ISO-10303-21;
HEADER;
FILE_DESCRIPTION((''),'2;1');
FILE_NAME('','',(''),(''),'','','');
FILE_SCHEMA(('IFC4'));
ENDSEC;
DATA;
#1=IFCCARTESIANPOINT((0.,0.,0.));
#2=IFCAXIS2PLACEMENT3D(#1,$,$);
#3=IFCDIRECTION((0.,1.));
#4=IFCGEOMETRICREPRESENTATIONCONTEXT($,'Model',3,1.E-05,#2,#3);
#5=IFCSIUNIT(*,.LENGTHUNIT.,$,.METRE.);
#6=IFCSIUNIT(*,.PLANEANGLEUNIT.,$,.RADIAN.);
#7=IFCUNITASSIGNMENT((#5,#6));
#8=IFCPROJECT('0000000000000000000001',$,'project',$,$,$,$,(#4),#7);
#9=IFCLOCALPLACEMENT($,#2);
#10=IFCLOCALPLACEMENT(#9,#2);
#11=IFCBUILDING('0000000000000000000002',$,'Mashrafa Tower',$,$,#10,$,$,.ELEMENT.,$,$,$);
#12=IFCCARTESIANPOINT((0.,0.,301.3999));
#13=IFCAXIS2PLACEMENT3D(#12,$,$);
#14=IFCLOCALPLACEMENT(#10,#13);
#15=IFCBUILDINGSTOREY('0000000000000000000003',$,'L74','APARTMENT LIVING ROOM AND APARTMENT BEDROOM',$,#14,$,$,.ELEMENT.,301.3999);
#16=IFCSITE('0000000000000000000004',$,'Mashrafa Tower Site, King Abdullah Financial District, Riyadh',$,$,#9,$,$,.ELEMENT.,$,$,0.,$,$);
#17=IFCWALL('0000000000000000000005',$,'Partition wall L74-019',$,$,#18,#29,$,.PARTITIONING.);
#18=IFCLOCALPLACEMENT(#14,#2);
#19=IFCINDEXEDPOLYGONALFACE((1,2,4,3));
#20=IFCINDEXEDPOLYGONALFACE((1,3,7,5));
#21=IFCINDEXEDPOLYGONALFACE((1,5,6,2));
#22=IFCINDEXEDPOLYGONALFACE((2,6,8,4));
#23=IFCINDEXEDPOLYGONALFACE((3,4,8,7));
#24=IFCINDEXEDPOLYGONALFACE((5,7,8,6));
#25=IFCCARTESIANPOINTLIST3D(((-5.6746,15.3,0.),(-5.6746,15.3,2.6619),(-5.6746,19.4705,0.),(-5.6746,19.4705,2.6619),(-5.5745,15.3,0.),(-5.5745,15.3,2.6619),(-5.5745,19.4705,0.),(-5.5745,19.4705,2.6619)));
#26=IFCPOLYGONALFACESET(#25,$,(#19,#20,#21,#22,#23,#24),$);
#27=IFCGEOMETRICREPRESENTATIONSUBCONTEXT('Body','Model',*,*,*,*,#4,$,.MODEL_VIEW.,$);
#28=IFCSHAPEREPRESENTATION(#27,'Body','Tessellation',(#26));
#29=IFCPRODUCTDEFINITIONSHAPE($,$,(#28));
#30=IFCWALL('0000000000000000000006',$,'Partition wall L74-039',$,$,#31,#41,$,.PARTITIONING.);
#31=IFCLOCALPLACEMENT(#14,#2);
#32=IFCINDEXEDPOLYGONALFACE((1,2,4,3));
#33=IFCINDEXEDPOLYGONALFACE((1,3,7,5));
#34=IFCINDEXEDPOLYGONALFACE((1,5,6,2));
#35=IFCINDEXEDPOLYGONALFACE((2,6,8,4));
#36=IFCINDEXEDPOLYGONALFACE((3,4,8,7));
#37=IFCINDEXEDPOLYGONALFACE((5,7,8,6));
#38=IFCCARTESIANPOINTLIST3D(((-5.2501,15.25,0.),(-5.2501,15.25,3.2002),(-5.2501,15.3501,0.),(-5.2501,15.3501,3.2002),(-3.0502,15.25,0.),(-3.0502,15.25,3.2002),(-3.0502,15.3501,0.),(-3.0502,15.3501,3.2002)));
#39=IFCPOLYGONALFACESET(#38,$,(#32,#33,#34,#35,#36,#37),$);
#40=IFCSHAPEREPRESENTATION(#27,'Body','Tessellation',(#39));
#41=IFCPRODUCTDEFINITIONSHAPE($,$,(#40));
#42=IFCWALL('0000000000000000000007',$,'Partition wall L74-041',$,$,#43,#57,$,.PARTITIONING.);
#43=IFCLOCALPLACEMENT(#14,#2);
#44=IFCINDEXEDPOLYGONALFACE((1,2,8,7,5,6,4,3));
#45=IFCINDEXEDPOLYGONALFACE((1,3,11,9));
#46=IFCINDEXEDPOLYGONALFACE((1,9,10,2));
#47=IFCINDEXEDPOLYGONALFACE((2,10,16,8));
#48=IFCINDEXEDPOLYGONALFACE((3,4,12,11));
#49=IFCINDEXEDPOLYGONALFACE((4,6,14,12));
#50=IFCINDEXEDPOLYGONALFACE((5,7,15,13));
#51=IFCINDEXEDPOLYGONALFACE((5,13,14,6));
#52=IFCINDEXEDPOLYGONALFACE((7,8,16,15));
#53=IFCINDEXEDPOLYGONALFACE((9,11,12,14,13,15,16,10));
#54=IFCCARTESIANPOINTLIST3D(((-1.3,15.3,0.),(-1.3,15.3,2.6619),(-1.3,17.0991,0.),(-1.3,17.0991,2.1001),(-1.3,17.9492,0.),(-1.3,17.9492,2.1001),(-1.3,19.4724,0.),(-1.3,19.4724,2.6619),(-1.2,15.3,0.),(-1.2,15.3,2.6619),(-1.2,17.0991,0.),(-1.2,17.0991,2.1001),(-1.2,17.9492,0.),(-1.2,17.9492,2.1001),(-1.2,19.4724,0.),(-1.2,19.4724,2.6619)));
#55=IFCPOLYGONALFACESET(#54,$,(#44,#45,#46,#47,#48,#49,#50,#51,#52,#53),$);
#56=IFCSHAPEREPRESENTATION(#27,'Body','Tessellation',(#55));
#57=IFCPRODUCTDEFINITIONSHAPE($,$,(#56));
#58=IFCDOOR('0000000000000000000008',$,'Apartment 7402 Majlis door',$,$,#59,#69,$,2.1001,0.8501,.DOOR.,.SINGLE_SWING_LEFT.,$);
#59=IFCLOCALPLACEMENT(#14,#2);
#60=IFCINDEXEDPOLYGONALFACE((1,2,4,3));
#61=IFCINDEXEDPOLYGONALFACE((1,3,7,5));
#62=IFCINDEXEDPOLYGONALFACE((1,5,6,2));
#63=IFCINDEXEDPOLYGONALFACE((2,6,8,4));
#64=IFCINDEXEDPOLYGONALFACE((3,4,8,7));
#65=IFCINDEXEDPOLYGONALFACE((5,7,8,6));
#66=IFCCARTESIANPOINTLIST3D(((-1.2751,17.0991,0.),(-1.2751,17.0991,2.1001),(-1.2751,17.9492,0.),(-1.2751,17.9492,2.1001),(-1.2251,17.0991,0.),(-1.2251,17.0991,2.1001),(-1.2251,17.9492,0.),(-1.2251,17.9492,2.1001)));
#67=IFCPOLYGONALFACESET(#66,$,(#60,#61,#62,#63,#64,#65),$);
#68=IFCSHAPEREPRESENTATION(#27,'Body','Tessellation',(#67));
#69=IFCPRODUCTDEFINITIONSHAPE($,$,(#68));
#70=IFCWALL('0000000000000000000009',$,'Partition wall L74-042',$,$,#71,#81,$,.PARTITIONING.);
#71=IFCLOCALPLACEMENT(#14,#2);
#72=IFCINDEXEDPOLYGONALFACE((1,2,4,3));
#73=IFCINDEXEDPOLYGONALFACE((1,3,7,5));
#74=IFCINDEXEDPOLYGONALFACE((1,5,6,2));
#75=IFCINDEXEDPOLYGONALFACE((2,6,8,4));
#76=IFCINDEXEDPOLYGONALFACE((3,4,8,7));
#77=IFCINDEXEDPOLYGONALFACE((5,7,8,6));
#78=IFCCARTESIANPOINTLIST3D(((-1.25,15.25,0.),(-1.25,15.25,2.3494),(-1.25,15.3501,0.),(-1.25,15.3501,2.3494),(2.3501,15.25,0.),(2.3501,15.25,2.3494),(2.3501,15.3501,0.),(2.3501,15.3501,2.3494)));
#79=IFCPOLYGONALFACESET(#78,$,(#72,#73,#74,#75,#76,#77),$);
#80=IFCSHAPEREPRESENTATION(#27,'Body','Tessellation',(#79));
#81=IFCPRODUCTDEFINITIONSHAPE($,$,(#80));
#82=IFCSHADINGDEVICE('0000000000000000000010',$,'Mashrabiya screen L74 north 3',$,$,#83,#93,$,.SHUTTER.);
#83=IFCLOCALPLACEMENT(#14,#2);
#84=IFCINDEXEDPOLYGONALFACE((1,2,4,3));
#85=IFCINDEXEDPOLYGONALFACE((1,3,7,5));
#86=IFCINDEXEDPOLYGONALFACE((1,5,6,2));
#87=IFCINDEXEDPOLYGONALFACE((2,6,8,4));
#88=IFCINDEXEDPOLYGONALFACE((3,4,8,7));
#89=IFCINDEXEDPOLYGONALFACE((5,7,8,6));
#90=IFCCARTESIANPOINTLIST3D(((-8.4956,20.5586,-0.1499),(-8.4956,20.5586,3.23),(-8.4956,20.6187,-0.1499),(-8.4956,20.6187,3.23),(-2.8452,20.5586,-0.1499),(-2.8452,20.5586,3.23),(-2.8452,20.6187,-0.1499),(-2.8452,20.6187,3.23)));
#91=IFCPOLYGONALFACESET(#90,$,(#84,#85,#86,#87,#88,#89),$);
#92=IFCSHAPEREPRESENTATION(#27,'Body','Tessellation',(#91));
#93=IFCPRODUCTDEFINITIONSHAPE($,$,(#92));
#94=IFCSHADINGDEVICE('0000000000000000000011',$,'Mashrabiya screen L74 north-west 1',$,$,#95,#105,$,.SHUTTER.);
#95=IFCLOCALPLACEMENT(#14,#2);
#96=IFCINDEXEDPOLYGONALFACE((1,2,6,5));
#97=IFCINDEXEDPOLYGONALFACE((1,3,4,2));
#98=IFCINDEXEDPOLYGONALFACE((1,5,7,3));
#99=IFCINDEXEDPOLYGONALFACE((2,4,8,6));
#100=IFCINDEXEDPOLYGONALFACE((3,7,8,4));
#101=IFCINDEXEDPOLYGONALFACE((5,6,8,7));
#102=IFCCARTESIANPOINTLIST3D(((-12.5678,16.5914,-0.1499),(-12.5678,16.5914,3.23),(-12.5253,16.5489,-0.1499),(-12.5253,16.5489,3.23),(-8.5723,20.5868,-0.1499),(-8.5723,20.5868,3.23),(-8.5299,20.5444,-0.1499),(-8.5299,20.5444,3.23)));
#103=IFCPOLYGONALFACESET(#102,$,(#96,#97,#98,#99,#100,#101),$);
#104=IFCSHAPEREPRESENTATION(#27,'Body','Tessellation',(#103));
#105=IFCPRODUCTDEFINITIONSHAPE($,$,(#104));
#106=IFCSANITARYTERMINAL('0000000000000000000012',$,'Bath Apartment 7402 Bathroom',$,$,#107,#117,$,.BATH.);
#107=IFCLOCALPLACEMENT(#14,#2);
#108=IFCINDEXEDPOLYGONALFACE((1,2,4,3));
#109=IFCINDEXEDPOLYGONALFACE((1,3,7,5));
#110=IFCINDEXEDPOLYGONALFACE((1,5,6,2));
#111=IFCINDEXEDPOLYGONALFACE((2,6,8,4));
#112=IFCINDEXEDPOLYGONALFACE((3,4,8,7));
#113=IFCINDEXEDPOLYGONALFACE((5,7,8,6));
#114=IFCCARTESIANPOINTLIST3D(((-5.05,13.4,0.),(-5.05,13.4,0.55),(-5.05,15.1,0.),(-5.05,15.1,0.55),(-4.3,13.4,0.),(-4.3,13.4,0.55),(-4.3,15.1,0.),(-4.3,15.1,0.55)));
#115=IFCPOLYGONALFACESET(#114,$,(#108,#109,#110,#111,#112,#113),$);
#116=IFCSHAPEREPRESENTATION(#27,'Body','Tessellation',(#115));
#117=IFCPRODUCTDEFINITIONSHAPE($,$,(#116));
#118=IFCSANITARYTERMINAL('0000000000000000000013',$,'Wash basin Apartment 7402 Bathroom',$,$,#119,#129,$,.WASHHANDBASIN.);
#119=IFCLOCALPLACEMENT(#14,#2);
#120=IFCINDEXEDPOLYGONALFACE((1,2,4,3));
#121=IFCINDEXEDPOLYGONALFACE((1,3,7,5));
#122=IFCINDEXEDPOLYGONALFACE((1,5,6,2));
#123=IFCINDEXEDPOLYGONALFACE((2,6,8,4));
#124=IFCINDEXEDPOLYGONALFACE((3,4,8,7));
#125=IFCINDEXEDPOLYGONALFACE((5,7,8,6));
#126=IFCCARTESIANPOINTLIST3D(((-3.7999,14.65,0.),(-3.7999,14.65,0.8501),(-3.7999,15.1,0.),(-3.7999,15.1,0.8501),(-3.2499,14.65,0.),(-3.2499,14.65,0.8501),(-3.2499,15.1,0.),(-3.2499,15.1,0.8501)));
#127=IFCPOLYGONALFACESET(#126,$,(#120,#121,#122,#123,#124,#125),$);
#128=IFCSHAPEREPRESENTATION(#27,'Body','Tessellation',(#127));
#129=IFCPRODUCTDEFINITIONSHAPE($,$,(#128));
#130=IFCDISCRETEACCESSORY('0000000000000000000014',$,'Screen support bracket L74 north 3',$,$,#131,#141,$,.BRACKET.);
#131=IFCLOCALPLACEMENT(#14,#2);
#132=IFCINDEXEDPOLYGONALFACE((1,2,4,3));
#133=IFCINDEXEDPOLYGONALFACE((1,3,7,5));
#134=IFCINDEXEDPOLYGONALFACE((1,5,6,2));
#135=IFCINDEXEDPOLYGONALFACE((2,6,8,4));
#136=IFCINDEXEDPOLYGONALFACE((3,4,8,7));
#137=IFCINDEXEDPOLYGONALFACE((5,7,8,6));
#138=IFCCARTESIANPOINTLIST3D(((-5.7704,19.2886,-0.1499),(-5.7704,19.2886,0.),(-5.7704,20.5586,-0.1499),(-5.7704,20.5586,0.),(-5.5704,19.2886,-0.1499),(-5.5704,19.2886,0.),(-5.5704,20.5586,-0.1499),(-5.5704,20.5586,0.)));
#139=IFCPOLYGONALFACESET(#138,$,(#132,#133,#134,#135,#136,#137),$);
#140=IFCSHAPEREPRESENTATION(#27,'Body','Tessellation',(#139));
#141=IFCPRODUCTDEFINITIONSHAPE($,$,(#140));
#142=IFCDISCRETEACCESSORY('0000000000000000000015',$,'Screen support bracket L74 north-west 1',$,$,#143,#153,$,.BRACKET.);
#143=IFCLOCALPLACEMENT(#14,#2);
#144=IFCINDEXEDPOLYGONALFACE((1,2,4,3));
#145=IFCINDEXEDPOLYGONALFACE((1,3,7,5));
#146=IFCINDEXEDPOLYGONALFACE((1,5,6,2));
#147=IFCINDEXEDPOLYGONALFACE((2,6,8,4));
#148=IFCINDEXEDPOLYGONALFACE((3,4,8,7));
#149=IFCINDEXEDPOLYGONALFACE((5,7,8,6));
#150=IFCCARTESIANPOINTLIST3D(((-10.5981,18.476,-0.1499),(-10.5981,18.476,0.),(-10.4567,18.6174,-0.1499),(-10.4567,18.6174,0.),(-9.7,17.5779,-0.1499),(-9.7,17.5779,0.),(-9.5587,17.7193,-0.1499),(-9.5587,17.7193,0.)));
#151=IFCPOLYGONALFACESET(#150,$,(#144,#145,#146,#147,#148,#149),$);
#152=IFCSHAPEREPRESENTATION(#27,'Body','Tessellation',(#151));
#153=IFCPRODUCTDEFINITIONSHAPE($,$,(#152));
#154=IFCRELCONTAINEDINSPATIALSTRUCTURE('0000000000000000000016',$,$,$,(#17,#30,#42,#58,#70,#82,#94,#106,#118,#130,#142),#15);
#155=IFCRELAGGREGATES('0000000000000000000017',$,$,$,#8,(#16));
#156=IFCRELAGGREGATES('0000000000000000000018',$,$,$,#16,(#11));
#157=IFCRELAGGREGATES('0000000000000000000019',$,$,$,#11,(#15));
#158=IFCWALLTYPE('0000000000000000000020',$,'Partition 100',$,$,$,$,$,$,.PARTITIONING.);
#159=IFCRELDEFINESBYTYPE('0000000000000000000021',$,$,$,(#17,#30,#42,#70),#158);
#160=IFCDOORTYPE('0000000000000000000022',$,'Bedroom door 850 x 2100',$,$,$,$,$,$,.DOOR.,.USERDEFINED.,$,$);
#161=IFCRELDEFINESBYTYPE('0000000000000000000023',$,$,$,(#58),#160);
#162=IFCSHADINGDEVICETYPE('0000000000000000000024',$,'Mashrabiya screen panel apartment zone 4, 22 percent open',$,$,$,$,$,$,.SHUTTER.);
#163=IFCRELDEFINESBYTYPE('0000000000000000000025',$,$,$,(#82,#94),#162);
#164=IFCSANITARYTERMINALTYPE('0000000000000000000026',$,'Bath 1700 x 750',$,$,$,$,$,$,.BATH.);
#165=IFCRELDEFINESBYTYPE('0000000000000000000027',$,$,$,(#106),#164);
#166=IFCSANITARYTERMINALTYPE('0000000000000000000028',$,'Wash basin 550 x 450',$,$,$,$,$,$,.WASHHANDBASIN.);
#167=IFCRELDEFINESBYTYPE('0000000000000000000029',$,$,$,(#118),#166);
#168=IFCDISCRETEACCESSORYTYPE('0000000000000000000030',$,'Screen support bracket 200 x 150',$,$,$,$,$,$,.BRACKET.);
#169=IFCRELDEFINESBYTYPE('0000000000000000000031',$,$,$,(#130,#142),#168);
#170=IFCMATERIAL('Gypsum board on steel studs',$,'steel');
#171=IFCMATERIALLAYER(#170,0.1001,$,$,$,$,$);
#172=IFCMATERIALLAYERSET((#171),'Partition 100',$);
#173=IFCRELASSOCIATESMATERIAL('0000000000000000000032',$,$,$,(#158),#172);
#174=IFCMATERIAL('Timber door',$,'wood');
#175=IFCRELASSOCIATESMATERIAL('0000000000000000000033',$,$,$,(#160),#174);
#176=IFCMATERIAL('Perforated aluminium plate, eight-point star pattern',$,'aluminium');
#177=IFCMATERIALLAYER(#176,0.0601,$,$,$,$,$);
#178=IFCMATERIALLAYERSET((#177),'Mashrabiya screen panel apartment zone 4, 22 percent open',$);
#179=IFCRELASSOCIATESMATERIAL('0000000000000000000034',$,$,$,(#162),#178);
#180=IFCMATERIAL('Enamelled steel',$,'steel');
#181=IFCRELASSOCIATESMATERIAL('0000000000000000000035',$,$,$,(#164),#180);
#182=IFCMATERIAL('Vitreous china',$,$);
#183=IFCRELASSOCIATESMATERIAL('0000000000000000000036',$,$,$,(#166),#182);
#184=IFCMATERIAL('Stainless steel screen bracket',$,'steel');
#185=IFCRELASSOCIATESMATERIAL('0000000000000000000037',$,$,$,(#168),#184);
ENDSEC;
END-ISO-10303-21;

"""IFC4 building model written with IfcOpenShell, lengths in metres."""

from ifc_helpers import new_model, si_unit, direction, frame, frame_2d, origin, origin_2d, place, context, subcontext, project, spatial, rectangle, extrude, source, transform, mapped, material, layer, layer_set, type_object, type_shapes, element, fill, save


model = new_model("IFC4")

# Units and contexts
model_context = context("Model", 3, precision=1e-05, world=origin(), true_north=direction((0.0, 1.0)))
body_context = subcontext(model_context, "Body", "Model", "MODEL_VIEW")
ifc_project = project(units=[si_unit("LENGTHUNIT", "METRE"), si_unit("PLANEANGLEUNIT", "RADIAN")], contexts=[model_context])

# Site, building, storey
site_placement = place(None, origin())
site = spatial("IfcSite", under=ifc_project, at=site_placement, Name="Mashrafa Tower Site, King Abdullah Financial District, Riyadh", CompositionType="ELEMENT", RefElevation=0.0)
building_placement = place(site_placement, origin())
building = spatial("IfcBuilding", under=site, at=building_placement, Name="Mashrafa Tower", CompositionType="ELEMENT")
storey_placement = place(building_placement, frame((0.0, 0.0, 301.3999)))
storey = spatial("IfcBuildingStorey", under=building, at=storey_placement, Name="L74", Description="APARTMENT LIVING ROOM AND APARTMENT BEDROOM", CompositionType="ELEMENT", Elevation=301.3999)

# Walls
ifc_material_1 = material(Name="Gypsum board on steel studs", Category="steel")
ifc_layer_1 = layer(ifc_material_1, 0.1001)
ifc_layer_set_1 = layer_set([ifc_layer_1], Name="Partition 100")
wall_type = type_object("IfcWallType", Name="Partition 100", PredefinedType="PARTITIONING", material=ifc_layer_set_1)
wall_1_placement = place(storey_placement, frame((-5.6245, 15.3, 0.0), z_axis=(0.0, 0.0, 1.0), x_axis=(0.0, 1.0, 0.0)))
element("IfcWall", 1, at=wall_1_placement, inside=storey, type_object=wall_type, Name="Partition wall L74-019", PredefinedType="PARTITIONING", context=body_context, shape_type="SweptSolid", body=[
    extrude(rectangle(XDim=4.1704, YDim=0.1001, at=frame_2d((2.0852, 0.0))), origin(), (0.0, 0.0, 1.0), 2.6619),
])
wall_2_placement = place(storey_placement, frame((-3.05, 15.3, 0.0), z_axis=(0.0, 0.0, 1.0), x_axis=(-1.0, 0.0, 0.0)))
element("IfcWall", 2, at=wall_2_placement, inside=storey, type_object=wall_type, Name="Partition wall L74-039", PredefinedType="PARTITIONING", context=body_context, shape_type="SweptSolid", body=[
    extrude(rectangle(XDim=2.2, YDim=0.1001, at=frame_2d((1.1001, 0.0))), origin(), (0.0, 0.0, 1.0), 3.2002),
])

# Wall, opening, door
wall_3_placement = place(storey_placement, frame((-1.25, 19.4724, 0.0), z_axis=(0.0, 0.0, 1.0), x_axis=(0.0, -1.0, 0.0)))
wall_3 = element("IfcWall", 3, at=wall_3_placement, inside=storey, type_object=wall_type, Name="Partition wall L74-041", PredefinedType="PARTITIONING", context=body_context, shape_type="SweptSolid", body=[
    extrude(rectangle(XDim=4.1724, YDim=0.1001, at=frame_2d((2.0862, 0.0))), origin(), (0.0, 0.0, 1.0), 2.6619),
])
opening_placement = place(wall_3_placement, frame((1.5232, 0.0, 0.0)))
opening = element("IfcOpeningElement", 4, at=opening_placement, cuts=wall_3, PredefinedType="OPENING", context=body_context, shape_type="SweptSolid", body=[
    extrude(rectangle(XDim=0.8501, YDim=2.1001, at=frame_2d((0.425, 1.05))), frame((0.0, 0.0601, 0.0), z_axis=(0.0, -1.0, 0.0), x_axis=(1.0, 0.0, 0.0)), (0.0, 0.0, 1.0), 0.1201),
])
ifc_material_2 = material(Name="Timber door", Category="wood")
door_type = type_object("IfcDoorType", Name="Bedroom door 850 x 2100", OperationType="USERDEFINED", PredefinedType="DOOR", material=ifc_material_2)
door_placement = place(opening_placement, origin())
door = element("IfcDoor", 5, at=door_placement, inside=storey, type_object=door_type, Name="Apartment 7402 Majlis door", OperationType="SINGLE_SWING_LEFT", OverallHeight=2.1001, OverallWidth=0.8501, PredefinedType="DOOR", context=body_context, shape_type="SweptSolid", body=[
    extrude(rectangle(XDim=0.8501, YDim=2.1001, at=frame_2d((0.425, 1.05))), frame((0.0, 0.0249, 0.0), z_axis=(0.0, -1.0, 0.0), x_axis=(1.0, 0.0, 0.0)), (0.0, 0.0, 1.0), 0.05),
])
fill(opening, door)

# Wall
wall_4_placement = place(storey_placement, frame((-1.25, 15.3, 0.0), z_axis=(0.0, 0.0, 1.0), x_axis=(1.0, 0.0, 0.0)))
element("IfcWall", 6, at=wall_4_placement, inside=storey, type_object=wall_type, Name="Partition wall L74-042", PredefinedType="PARTITIONING", context=body_context, shape_type="SweptSolid", body=[
    extrude(rectangle(XDim=3.6001, YDim=0.1001, at=frame_2d((1.8, 0.0))), origin(), (0.0, 0.0, 1.0), 2.3494),
])

# Shading devices
ifc_material_3 = material(Name="Perforated aluminium plate, eight-point star pattern", Category="aluminium")
ifc_layer_2 = layer(ifc_material_3, 0.0601)
ifc_layer_set_2 = layer_set([ifc_layer_2], Name="Mashrabiya screen panel apartment zone 4, 22 percent open")
shading_device_type = type_object("IfcShadingDeviceType", Name="Mashrabiya screen panel apartment zone 4, 22 percent open", PredefinedType="SHUTTER", material=ifc_layer_set_2)
shared_shape_1 = source(origin(), body_context, "Body", "SweptSolid", [
    extrude(rectangle(XDim=5.6504, YDim=0.0601, at=origin_2d()), origin(), (0.0, 0.0, 1.0), 3.3799),
])
type_shapes(shading_device_type, [shared_shape_1])
for number, where, z_axis, x_axis, name in (
    (7, (-5.6704, 20.5886, -0.1499), (0.0, 0.0, 1.0), (-1.0, 0.0, 0.0), "Mashrabiya screen L74 north 3"),
    (8, (-10.5488, 18.5679, -0.1499), (0.0, 0.0, 1.0), (-0.707107, -0.707107, 0.0), "Mashrabiya screen L74 north-west 1"),
):
    element("IfcShadingDevice", number, at=place(storey_placement, frame(where, z_axis=z_axis, x_axis=x_axis)), inside=storey, type_object=shading_device_type, Name=name, PredefinedType="SHUTTER", context=body_context, shape_type="MappedRepresentation", body=[
        mapped(shared_shape_1, transform((0.0, 0.0, 0.0))),
    ])

# Sanitary terminals
ifc_material_4 = material(Name="Enamelled steel", Category="steel")
sanitary_terminal_type_1 = type_object("IfcSanitaryTerminalType", Name="Bath 1700 x 750", PredefinedType="BATH", material=ifc_material_4)
sanitary_terminal_1_placement = place(storey_placement, frame((-4.675, 14.25, 0.0), z_axis=(0.0, 0.0, 1.0), x_axis=(0.0, -1.0, 0.0)))
element("IfcSanitaryTerminal", 9, at=sanitary_terminal_1_placement, inside=storey, type_object=sanitary_terminal_type_1, Name="Bath Apartment 7402 Bathroom", PredefinedType="BATH", context=body_context, shape_type="SweptSolid", body=[
    extrude(rectangle(XDim=1.7, YDim=0.75, at=origin_2d()), origin(), (0.0, 0.0, 1.0), 0.55),
])
ifc_material_5 = material(Name="Vitreous china")
sanitary_terminal_type_2 = type_object("IfcSanitaryTerminalType", Name="Wash basin 550 x 450", PredefinedType="WASHHANDBASIN", material=ifc_material_5)
sanitary_terminal_2_placement = place(storey_placement, frame((-3.5249, 14.875, 0.0), z_axis=(0.0, 0.0, 1.0), x_axis=(-1.0, 0.0, 0.0)))
element("IfcSanitaryTerminal", 10, at=sanitary_terminal_2_placement, inside=storey, type_object=sanitary_terminal_type_2, Name="Wash basin Apartment 7402 Bathroom", PredefinedType="WASHHANDBASIN", context=body_context, shape_type="SweptSolid", body=[
    extrude(rectangle(XDim=0.55, YDim=0.45, at=origin_2d()), origin(), (0.0, 0.0, 1.0), 0.8501),
])

# Discrete accessories
ifc_material_6 = material(Name="Stainless steel screen bracket", Category="steel")
discrete_accessory_type = type_object("IfcDiscreteAccessoryType", Name="Screen support bracket 200 x 150", PredefinedType="BRACKET", material=ifc_material_6)
shared_shape_2 = source(origin(), body_context, "Body", "SweptSolid", [
    extrude(rectangle(XDim=0.2, YDim=1.27, at=origin_2d()), origin(), (0.0, 0.0, 1.0), 0.1499),
])
type_shapes(discrete_accessory_type, [shared_shape_2])
for number, where, z_axis, x_axis, name in (
    (11, (-5.6704, 19.9236, -0.1499), (0.0, 0.0, 1.0), (-1.0, 0.0, 0.0), "Screen support bracket L74 north 3"),
    (12, (-10.0784, 18.0977, -0.1499), (0.0, 0.0, 1.0), (-0.707107, -0.707107, 0.0), "Screen support bracket L74 north-west 1"),
):
    element("IfcDiscreteAccessory", number, at=place(storey_placement, frame(where, z_axis=z_axis, x_axis=x_axis)), inside=storey, type_object=discrete_accessory_type, Name=name, PredefinedType="BRACKET", context=body_context, shape_type="MappedRepresentation", body=[
        mapped(shared_shape_2, transform((0.0, 0.0, 0.0))),
    ])

save(model, "model.ifc")
